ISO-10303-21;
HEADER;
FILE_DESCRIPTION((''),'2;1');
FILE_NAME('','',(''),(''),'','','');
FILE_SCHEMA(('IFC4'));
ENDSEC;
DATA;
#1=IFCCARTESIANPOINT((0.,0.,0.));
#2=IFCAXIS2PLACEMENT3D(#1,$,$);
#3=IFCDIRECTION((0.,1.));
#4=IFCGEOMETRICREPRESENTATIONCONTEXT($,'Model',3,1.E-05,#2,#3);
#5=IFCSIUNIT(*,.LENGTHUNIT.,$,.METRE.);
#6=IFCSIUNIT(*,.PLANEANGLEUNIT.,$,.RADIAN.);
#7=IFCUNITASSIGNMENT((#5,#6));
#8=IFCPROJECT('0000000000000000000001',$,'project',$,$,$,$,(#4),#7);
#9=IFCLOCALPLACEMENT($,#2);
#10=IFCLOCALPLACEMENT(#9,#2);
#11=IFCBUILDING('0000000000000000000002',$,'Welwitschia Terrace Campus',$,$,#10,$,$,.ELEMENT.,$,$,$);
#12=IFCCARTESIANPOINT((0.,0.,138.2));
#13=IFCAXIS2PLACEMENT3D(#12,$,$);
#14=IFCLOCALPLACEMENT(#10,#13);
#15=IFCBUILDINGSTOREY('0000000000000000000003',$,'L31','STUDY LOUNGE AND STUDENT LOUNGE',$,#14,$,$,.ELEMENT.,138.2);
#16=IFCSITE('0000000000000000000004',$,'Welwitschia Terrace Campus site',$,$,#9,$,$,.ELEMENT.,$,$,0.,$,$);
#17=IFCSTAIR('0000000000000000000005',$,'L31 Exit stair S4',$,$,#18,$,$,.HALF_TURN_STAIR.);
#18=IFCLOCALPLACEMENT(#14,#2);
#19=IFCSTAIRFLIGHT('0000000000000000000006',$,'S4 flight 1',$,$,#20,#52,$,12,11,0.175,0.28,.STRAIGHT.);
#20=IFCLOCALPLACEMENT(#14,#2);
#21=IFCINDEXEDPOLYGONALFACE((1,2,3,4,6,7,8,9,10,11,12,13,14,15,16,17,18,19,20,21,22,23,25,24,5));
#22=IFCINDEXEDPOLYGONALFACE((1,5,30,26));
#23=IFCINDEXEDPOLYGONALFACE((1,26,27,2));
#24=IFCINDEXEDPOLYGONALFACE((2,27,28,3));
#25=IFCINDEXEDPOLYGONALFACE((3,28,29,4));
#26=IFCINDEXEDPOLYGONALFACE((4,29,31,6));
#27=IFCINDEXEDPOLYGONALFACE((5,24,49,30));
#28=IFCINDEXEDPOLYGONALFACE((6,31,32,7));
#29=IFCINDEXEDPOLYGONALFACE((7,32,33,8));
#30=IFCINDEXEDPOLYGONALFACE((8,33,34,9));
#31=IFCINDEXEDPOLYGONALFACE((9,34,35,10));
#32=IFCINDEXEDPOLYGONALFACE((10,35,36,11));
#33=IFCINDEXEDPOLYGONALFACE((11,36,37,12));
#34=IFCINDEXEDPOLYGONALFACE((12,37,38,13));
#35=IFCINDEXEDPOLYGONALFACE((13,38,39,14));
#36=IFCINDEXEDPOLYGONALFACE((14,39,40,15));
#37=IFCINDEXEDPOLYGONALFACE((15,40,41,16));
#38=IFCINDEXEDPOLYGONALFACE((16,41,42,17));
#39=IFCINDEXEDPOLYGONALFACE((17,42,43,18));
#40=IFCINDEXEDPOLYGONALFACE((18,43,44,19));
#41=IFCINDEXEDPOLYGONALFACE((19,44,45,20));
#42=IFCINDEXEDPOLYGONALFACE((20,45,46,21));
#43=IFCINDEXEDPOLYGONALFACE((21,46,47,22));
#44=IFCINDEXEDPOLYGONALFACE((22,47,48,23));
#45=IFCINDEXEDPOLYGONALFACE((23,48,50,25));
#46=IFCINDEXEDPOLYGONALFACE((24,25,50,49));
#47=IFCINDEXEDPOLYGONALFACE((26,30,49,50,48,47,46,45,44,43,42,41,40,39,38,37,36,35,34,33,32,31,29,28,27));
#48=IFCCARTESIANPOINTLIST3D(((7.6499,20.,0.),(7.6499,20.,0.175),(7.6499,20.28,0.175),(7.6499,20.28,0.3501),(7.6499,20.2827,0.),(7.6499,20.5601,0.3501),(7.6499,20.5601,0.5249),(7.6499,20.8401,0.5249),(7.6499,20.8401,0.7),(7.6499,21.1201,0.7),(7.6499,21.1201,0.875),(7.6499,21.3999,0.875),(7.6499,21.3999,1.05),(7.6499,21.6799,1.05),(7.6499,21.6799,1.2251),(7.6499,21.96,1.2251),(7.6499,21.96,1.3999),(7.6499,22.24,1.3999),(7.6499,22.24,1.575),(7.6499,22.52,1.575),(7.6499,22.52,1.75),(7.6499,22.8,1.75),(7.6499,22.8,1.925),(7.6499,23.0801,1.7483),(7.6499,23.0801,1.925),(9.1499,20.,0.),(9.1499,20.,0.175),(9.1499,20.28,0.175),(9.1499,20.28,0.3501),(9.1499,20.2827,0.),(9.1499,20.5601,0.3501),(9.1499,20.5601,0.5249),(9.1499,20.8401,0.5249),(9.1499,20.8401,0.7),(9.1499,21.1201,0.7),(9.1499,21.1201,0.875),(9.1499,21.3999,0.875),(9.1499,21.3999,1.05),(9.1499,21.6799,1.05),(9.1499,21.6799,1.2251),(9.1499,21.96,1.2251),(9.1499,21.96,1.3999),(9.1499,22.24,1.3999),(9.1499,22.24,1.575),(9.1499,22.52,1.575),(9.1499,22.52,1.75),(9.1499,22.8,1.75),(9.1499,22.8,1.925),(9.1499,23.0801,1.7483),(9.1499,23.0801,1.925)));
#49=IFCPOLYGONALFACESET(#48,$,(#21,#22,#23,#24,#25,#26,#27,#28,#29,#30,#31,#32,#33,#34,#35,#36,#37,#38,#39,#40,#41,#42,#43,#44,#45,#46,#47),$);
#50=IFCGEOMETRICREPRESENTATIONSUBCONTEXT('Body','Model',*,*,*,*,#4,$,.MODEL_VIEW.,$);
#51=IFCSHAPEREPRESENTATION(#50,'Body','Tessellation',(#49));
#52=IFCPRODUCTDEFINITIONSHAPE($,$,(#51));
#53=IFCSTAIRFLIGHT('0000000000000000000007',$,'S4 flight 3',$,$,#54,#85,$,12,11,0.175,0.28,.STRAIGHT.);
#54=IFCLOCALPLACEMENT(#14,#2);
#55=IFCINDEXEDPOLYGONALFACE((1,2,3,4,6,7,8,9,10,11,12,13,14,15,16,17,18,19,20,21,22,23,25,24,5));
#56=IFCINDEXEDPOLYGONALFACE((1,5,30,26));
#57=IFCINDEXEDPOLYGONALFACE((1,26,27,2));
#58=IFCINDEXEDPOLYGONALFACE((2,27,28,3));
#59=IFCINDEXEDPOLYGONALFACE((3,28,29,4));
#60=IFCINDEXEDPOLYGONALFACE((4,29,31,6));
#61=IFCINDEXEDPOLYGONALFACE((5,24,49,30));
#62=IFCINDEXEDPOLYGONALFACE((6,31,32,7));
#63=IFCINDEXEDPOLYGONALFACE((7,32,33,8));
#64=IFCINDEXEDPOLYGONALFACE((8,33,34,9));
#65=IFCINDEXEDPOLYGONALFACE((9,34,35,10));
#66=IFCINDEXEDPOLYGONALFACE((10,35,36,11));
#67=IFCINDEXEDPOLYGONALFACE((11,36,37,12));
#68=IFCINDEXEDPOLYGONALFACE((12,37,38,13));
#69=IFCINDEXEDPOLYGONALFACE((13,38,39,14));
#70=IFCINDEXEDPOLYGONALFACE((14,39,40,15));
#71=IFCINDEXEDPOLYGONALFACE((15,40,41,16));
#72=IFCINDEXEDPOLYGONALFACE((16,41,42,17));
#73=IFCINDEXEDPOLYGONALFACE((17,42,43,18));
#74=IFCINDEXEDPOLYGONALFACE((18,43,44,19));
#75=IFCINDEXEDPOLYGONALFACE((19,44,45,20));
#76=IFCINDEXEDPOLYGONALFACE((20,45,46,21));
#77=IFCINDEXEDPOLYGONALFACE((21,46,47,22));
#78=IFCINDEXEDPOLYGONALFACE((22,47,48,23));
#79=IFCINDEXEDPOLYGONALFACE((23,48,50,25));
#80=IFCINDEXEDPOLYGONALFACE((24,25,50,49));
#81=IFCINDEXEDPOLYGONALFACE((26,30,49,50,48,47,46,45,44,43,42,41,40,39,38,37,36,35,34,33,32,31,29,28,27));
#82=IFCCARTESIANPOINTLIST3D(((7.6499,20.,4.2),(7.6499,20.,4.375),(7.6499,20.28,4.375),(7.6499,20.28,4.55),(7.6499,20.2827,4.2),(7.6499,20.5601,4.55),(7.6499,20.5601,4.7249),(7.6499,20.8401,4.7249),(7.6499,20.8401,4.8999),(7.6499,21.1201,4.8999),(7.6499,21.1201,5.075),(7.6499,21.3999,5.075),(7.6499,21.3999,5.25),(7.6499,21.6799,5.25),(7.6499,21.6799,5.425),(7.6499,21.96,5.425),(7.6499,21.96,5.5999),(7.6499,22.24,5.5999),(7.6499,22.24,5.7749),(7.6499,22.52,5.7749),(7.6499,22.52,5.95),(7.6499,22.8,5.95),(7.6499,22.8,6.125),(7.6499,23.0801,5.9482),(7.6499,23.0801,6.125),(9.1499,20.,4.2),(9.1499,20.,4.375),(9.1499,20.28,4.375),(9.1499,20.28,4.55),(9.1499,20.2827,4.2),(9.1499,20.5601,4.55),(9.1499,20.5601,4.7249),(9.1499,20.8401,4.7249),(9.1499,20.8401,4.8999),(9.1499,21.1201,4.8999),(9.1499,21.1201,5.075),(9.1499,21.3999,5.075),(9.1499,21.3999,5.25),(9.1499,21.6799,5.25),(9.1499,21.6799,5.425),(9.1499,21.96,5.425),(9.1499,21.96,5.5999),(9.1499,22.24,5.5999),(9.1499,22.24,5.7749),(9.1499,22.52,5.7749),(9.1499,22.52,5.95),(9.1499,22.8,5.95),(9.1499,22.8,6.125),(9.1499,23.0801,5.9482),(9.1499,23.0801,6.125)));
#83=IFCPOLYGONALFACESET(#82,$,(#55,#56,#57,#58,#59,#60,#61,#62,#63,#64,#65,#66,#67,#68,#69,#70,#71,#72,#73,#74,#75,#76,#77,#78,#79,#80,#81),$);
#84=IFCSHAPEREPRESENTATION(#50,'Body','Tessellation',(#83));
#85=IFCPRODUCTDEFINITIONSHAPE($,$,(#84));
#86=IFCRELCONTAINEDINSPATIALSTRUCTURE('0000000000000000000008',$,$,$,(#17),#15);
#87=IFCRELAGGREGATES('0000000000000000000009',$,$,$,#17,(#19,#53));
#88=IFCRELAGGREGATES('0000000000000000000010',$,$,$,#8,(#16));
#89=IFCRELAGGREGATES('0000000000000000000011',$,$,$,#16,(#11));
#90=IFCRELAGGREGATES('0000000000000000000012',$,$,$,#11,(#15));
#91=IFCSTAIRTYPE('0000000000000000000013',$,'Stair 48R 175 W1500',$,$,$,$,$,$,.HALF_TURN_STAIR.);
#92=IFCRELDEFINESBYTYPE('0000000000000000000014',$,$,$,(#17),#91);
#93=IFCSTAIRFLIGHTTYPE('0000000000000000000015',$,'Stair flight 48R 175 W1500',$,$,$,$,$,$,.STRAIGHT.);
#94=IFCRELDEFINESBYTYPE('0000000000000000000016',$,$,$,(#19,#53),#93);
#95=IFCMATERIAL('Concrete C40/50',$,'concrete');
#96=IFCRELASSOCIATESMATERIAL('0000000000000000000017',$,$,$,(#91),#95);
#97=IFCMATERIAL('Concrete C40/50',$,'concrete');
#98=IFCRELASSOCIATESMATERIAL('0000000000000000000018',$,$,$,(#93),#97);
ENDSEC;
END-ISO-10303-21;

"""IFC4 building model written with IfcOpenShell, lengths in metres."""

from ifc_helpers import new_model, si_unit, direction, frame, origin, place, context, subcontext, project, spatial, polyline, outline, extrude, material, type_object, element, aggregate, save


model = new_model("IFC4")

# Units and contexts
model_context = context("Model", 3, precision=1e-05, world=origin(), true_north=direction((0.0, 1.0)))
body_context = subcontext(model_context, "Body", "Model", "MODEL_VIEW")
ifc_project = project(units=[si_unit("LENGTHUNIT", "METRE"), si_unit("PLANEANGLEUNIT", "RADIAN")], contexts=[model_context])

# Site, building, storey
site_placement = place(None, origin())
site = spatial("IfcSite", under=ifc_project, at=site_placement, Name="Welwitschia Terrace Campus site", CompositionType="ELEMENT", RefElevation=0.0)
building_placement = place(site_placement, origin())
building = spatial("IfcBuilding", under=site, at=building_placement, Name="Welwitschia Terrace Campus", CompositionType="ELEMENT")
storey_placement = place(building_placement, frame((0.0, 0.0, 138.2)))
storey = spatial("IfcBuildingStorey", under=building, at=storey_placement, Name="L31", Description="STUDY LOUNGE AND STUDENT LOUNGE", CompositionType="ELEMENT", Elevation=138.2)

# Stair, stair flights
ifc_material_1 = material(Name="Concrete C40/50", Category="concrete")
stair_type = type_object("IfcStairType", Name="Stair 48R 175 W1500", PredefinedType="HALF_TURN_STAIR", material=ifc_material_1)
ifc_material_2 = material(Name="Concrete C40/50", Category="concrete")
stair_flight_type = type_object("IfcStairFlightType", Name="Stair flight 48R 175 W1500", PredefinedType="STRAIGHT", material=ifc_material_2)
stair_1_placement = place(storey_placement, origin())
stair_1 = element("IfcStair", 1, at=stair_1_placement, inside=storey, type_object=stair_type, Name="L31 Exit stair S4", PredefinedType="HALF_TURN_STAIR")
stair_flight_1_placement = place(storey_placement, frame((8.3999, 20.0, 0.0), z_axis=(0.0, 0.0, 1.0), x_axis=(0.0, 1.0, 0.0)))
stair_flight_1 = element("IfcStairFlight", 2, at=stair_flight_1_placement, type_object=stair_flight_type, Name="S4 flight 1", NumberOfRisers=12, NumberOfTreads=11, PredefinedType="STRAIGHT", RiserHeight=0.175, TreadLength=0.28, context=body_context, shape_type="SweptSolid", body=[
    extrude(outline(polyline([(0.0, 0.0), (0.0, 0.175), (0.28, 0.175), (0.28, 0.3501), (0.5601, 0.3501), (0.5601, 0.5249), (0.8401, 0.5249), (0.8401, 0.7), (1.1201, 0.7), (1.1201, 0.875), (1.3999, 0.875), (1.3999, 1.05), (1.6799, 1.05), (1.6799, 1.2251), (1.96, 1.2251), (1.96, 1.3999), (2.24, 1.3999), (2.24, 1.575), (2.52, 1.575), (2.52, 1.75), (2.8, 1.75), (2.8, 1.925), (3.0801, 1.925), (3.0801, 2.1001), (3.0801, 1.7483), (0.2827, 0.0), (0.0, 0.0)])), frame((0.0, 0.75, 0.0), z_axis=(0.0, -1.0, 0.0), x_axis=(1.0, 0.0, 0.0)), (0.0, 0.0, 1.0), 1.5),
])
stair_flight_2_placement = place(storey_placement, frame((8.3999, 20.0, 4.2), z_axis=(0.0, 0.0, 1.0), x_axis=(0.0, 1.0, 0.0)))
stair_flight_2 = element("IfcStairFlight", 3, at=stair_flight_2_placement, type_object=stair_flight_type, Name="S4 flight 3", NumberOfRisers=12, NumberOfTreads=11, PredefinedType="STRAIGHT", RiserHeight=0.175, TreadLength=0.28, context=body_context, shape_type="SweptSolid", body=[
    extrude(outline(polyline([(0.0, 0.0), (0.0, 0.175), (0.28, 0.175), (0.28, 0.3501), (0.5601, 0.3501), (0.5601, 0.5249), (0.8401, 0.5249), (0.8401, 0.7), (1.1201, 0.7), (1.1201, 0.875), (1.3999, 0.875), (1.3999, 1.05), (1.6799, 1.05), (1.6799, 1.2251), (1.96, 1.2251), (1.96, 1.3999), (2.24, 1.3999), (2.24, 1.575), (2.52, 1.575), (2.52, 1.75), (2.8, 1.75), (2.8, 1.925), (3.0801, 1.925), (3.0801, 2.1001), (3.0801, 1.7483), (0.2827, 0.0), (0.0, 0.0)])), frame((0.0, 0.75, 0.0), z_axis=(0.0, -1.0, 0.0), x_axis=(1.0, 0.0, 0.0)), (0.0, 0.0, 1.0), 1.5),
])
aggregate(stair_1, [stair_flight_1, stair_flight_2])

save(model, "model.ifc")
